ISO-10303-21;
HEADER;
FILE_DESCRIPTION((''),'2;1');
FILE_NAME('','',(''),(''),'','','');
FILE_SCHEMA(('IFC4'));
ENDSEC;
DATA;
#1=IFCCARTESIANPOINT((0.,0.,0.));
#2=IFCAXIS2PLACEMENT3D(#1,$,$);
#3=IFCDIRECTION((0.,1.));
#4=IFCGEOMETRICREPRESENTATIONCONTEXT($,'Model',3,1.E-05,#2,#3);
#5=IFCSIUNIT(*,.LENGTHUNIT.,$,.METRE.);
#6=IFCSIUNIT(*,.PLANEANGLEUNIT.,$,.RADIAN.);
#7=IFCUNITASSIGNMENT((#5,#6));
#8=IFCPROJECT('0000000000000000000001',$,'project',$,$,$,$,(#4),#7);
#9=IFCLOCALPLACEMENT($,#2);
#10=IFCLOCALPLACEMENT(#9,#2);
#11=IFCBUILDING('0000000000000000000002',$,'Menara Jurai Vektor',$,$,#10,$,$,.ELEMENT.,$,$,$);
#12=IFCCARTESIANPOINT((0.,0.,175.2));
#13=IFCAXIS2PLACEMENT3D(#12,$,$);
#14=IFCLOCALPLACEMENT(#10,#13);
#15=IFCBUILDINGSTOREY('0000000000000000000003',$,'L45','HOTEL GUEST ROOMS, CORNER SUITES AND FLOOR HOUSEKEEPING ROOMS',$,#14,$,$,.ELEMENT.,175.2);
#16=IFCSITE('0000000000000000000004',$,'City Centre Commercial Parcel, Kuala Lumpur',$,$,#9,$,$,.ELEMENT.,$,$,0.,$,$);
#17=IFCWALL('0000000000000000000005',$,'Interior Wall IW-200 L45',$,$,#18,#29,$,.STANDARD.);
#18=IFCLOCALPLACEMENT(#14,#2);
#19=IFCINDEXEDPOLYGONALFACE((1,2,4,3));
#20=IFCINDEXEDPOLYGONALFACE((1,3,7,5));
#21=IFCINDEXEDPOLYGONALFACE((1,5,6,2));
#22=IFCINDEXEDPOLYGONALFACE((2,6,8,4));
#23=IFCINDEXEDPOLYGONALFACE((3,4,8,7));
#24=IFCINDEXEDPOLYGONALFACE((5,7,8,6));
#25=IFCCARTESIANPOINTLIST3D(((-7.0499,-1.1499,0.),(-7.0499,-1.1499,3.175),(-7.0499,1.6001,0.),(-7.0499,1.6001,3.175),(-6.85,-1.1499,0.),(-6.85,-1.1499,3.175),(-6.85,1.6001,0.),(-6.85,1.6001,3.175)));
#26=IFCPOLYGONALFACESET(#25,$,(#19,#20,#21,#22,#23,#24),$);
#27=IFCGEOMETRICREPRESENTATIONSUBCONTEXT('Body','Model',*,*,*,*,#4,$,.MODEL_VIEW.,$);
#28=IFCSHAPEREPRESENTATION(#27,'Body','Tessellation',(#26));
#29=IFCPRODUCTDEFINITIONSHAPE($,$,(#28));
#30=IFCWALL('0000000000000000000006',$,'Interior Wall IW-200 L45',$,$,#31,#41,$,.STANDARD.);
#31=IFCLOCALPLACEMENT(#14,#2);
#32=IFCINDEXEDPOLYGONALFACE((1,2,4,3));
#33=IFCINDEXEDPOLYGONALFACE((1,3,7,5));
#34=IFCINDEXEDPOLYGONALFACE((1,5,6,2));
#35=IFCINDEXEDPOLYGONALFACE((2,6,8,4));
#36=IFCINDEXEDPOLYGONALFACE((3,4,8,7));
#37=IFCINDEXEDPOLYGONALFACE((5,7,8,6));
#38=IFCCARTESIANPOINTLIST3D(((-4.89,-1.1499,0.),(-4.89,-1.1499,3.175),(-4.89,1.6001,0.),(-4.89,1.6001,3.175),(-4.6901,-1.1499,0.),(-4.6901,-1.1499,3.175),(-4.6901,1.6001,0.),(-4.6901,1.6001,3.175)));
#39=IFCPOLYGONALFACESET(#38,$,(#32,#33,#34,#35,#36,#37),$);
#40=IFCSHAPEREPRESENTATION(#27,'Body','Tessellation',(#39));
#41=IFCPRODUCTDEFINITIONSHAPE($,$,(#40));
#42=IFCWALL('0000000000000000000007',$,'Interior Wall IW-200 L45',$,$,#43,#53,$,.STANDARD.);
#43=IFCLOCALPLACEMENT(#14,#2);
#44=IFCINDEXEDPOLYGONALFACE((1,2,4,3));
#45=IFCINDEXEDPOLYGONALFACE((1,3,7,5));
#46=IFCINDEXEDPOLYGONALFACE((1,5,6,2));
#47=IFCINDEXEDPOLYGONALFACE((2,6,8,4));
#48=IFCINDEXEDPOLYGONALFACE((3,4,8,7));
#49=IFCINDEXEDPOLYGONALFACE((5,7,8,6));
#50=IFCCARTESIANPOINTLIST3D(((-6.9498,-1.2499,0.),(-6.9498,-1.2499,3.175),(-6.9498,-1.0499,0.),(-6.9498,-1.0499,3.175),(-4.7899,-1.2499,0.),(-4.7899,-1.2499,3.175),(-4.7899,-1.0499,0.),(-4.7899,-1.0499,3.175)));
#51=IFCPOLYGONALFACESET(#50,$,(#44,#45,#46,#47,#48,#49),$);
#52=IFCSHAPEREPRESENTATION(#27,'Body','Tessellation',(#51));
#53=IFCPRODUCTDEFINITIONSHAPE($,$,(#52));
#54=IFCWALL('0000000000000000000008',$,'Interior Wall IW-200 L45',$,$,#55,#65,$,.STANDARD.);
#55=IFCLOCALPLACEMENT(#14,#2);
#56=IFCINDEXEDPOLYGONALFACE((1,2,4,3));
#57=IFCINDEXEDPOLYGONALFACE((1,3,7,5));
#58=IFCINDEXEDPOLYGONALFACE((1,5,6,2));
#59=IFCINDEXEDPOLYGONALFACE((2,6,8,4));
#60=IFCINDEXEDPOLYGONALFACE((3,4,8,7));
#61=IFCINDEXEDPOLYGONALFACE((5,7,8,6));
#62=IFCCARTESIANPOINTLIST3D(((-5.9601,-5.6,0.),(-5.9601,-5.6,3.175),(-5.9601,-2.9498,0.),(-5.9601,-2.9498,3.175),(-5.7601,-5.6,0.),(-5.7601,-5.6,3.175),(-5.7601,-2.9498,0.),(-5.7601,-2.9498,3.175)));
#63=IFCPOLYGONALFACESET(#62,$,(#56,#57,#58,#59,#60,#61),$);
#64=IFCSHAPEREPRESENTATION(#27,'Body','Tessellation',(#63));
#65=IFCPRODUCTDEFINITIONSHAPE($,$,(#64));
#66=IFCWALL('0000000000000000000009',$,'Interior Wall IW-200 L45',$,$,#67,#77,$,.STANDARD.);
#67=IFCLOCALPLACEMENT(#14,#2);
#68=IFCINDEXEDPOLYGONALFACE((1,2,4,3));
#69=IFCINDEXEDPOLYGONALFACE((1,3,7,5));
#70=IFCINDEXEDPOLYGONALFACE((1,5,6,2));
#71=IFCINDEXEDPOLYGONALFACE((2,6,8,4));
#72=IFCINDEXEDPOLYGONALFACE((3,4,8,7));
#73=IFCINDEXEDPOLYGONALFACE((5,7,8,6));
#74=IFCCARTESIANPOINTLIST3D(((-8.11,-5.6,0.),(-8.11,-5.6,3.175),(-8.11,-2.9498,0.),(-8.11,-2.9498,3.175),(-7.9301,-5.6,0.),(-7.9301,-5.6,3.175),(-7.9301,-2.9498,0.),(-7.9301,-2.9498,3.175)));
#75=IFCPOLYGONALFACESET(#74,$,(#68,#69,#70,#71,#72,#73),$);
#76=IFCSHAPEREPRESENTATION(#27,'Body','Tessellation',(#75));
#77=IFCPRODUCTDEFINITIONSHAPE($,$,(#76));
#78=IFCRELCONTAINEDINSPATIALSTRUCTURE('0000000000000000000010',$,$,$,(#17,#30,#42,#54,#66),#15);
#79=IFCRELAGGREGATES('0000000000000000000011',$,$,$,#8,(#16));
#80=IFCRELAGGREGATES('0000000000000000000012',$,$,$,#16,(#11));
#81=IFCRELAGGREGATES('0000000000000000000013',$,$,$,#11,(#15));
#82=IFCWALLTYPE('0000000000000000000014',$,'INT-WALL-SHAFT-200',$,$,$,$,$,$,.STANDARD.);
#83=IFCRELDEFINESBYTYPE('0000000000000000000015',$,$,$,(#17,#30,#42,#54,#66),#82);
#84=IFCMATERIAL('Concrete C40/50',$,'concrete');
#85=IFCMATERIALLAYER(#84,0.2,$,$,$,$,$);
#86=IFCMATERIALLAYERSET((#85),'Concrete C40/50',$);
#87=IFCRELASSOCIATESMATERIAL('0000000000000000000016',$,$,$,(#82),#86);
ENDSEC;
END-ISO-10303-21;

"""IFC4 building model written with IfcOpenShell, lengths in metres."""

from ifc_helpers import new_model, si_unit, direction, frame, frame_2d, origin, place, context, subcontext, project, spatial, rectangle, extrude, material, layer, layer_set, type_object, element, save


model = new_model("IFC4")

# Units and contexts
model_context = context("Model", 3, precision=1e-05, world=origin(), true_north=direction((0.0, 1.0)))
body_context = subcontext(model_context, "Body", "Model", "MODEL_VIEW")
ifc_project = project(units=[si_unit("LENGTHUNIT", "METRE"), si_unit("PLANEANGLEUNIT", "RADIAN")], contexts=[model_context])

# Site, building, storey
site_placement = place(None, origin())
site = spatial("IfcSite", under=ifc_project, at=site_placement, Name="City Centre Commercial Parcel, Kuala Lumpur", CompositionType="ELEMENT", RefElevation=0.0)
building_placement = place(site_placement, origin())
building = spatial("IfcBuilding", under=site, at=building_placement, Name="Menara Jurai Vektor", CompositionType="ELEMENT")
storey_placement = place(building_placement, frame((0.0, 0.0, 175.2)))
storey = spatial("IfcBuildingStorey", under=building, at=storey_placement, Name="L45", Description="HOTEL GUEST ROOMS, CORNER SUITES AND FLOOR HOUSEKEEPING ROOMS", CompositionType="ELEMENT", Elevation=175.2)

# Wall
ifc_material_1 = material(Name="Concrete C40/50", Category="concrete")
ifc_layer_1 = layer(ifc_material_1, 0.2)
ifc_layer_set_1 = layer_set([ifc_layer_1], Name="Concrete C40/50")
wall_type_1 = type_object("IfcWallType", Name="INT-WALL-SHAFT-200", PredefinedType="STANDARD", material=ifc_layer_set_1)
wall_1_placement = place(storey_placement, frame((-6.95, -1.1499, 0.0), z_axis=(0.0, 0.0, 1.0), x_axis=(0.0, 1.0, 0.0)))
element("IfcWall", 1, at=wall_1_placement, inside=storey, type_object=wall_type_1, Name="Interior Wall IW-200 L45", PredefinedType="STANDARD", context=body_context, shape_type="SweptSolid", body=[
    extrude(rectangle(XDim=2.75, YDim=0.2, at=frame_2d((1.375, 0.0))), origin(), (0.0, 0.0, 1.0), 3.175),
])

# Walls
wall_2_placement = place(storey_placement, frame((-4.79, -1.1499, 0.0), z_axis=(0.0, 0.0, 1.0), x_axis=(0.0, 1.0, 0.0)))
element("IfcWall", 2, at=wall_2_placement, inside=storey, type_object=wall_type_1, Name="Interior Wall IW-200 L45", PredefinedType="STANDARD", context=body_context, shape_type="SweptSolid", body=[
    extrude(rectangle(XDim=2.75, YDim=0.2, at=frame_2d((1.375, 0.0))), origin(), (0.0, 0.0, 1.0), 3.175),
])
wall_3_placement = place(storey_placement, frame((-6.95, -1.1499, 0.0), z_axis=(0.0, 0.0, 1.0), x_axis=(1.0, 0.0, 0.0)))
element("IfcWall", 3, at=wall_3_placement, inside=storey, type_object=wall_type_1, Name="Interior Wall IW-200 L45", PredefinedType="STANDARD", context=body_context, shape_type="SweptSolid", body=[
    extrude(rectangle(XDim=2.1599, YDim=0.2, at=frame_2d((1.0801, 0.0))), origin(), (0.0, 0.0, 1.0), 3.175),
])
wall_4_placement = place(storey_placement, frame((-5.8601, -5.6001, 0.0), z_axis=(0.0, 0.0, 1.0), x_axis=(0.0, 1.0, 0.0)))
element("IfcWall", 4, at=wall_4_placement, inside=storey, type_object=wall_type_1, Name="Interior Wall IW-200 L45", PredefinedType="STANDARD", context=body_context, shape_type="SweptSolid", body=[
    extrude(rectangle(XDim=2.6501, YDim=0.2, at=frame_2d((1.3252, 0.0))), origin(), (0.0, 0.0, 1.0), 3.175),
])
wall_5_placement = place(storey_placement, frame((-8.02, -5.6001, 0.0), z_axis=(0.0, 0.0, 1.0), x_axis=(0.0, 1.0, 0.0)))
element("IfcWall", 5, at=wall_5_placement, inside=storey, type_object=wall_type_1, Name="Interior Wall IW-200 L45", PredefinedType="STANDARD", context=body_context, shape_type="SweptSolid", body=[
    extrude(rectangle(XDim=2.6501, YDim=0.1799, at=frame_2d((1.3252, 0.0))), origin(), (0.0, 0.0, 1.0), 3.175),
])

save(model, "model.ifc")
